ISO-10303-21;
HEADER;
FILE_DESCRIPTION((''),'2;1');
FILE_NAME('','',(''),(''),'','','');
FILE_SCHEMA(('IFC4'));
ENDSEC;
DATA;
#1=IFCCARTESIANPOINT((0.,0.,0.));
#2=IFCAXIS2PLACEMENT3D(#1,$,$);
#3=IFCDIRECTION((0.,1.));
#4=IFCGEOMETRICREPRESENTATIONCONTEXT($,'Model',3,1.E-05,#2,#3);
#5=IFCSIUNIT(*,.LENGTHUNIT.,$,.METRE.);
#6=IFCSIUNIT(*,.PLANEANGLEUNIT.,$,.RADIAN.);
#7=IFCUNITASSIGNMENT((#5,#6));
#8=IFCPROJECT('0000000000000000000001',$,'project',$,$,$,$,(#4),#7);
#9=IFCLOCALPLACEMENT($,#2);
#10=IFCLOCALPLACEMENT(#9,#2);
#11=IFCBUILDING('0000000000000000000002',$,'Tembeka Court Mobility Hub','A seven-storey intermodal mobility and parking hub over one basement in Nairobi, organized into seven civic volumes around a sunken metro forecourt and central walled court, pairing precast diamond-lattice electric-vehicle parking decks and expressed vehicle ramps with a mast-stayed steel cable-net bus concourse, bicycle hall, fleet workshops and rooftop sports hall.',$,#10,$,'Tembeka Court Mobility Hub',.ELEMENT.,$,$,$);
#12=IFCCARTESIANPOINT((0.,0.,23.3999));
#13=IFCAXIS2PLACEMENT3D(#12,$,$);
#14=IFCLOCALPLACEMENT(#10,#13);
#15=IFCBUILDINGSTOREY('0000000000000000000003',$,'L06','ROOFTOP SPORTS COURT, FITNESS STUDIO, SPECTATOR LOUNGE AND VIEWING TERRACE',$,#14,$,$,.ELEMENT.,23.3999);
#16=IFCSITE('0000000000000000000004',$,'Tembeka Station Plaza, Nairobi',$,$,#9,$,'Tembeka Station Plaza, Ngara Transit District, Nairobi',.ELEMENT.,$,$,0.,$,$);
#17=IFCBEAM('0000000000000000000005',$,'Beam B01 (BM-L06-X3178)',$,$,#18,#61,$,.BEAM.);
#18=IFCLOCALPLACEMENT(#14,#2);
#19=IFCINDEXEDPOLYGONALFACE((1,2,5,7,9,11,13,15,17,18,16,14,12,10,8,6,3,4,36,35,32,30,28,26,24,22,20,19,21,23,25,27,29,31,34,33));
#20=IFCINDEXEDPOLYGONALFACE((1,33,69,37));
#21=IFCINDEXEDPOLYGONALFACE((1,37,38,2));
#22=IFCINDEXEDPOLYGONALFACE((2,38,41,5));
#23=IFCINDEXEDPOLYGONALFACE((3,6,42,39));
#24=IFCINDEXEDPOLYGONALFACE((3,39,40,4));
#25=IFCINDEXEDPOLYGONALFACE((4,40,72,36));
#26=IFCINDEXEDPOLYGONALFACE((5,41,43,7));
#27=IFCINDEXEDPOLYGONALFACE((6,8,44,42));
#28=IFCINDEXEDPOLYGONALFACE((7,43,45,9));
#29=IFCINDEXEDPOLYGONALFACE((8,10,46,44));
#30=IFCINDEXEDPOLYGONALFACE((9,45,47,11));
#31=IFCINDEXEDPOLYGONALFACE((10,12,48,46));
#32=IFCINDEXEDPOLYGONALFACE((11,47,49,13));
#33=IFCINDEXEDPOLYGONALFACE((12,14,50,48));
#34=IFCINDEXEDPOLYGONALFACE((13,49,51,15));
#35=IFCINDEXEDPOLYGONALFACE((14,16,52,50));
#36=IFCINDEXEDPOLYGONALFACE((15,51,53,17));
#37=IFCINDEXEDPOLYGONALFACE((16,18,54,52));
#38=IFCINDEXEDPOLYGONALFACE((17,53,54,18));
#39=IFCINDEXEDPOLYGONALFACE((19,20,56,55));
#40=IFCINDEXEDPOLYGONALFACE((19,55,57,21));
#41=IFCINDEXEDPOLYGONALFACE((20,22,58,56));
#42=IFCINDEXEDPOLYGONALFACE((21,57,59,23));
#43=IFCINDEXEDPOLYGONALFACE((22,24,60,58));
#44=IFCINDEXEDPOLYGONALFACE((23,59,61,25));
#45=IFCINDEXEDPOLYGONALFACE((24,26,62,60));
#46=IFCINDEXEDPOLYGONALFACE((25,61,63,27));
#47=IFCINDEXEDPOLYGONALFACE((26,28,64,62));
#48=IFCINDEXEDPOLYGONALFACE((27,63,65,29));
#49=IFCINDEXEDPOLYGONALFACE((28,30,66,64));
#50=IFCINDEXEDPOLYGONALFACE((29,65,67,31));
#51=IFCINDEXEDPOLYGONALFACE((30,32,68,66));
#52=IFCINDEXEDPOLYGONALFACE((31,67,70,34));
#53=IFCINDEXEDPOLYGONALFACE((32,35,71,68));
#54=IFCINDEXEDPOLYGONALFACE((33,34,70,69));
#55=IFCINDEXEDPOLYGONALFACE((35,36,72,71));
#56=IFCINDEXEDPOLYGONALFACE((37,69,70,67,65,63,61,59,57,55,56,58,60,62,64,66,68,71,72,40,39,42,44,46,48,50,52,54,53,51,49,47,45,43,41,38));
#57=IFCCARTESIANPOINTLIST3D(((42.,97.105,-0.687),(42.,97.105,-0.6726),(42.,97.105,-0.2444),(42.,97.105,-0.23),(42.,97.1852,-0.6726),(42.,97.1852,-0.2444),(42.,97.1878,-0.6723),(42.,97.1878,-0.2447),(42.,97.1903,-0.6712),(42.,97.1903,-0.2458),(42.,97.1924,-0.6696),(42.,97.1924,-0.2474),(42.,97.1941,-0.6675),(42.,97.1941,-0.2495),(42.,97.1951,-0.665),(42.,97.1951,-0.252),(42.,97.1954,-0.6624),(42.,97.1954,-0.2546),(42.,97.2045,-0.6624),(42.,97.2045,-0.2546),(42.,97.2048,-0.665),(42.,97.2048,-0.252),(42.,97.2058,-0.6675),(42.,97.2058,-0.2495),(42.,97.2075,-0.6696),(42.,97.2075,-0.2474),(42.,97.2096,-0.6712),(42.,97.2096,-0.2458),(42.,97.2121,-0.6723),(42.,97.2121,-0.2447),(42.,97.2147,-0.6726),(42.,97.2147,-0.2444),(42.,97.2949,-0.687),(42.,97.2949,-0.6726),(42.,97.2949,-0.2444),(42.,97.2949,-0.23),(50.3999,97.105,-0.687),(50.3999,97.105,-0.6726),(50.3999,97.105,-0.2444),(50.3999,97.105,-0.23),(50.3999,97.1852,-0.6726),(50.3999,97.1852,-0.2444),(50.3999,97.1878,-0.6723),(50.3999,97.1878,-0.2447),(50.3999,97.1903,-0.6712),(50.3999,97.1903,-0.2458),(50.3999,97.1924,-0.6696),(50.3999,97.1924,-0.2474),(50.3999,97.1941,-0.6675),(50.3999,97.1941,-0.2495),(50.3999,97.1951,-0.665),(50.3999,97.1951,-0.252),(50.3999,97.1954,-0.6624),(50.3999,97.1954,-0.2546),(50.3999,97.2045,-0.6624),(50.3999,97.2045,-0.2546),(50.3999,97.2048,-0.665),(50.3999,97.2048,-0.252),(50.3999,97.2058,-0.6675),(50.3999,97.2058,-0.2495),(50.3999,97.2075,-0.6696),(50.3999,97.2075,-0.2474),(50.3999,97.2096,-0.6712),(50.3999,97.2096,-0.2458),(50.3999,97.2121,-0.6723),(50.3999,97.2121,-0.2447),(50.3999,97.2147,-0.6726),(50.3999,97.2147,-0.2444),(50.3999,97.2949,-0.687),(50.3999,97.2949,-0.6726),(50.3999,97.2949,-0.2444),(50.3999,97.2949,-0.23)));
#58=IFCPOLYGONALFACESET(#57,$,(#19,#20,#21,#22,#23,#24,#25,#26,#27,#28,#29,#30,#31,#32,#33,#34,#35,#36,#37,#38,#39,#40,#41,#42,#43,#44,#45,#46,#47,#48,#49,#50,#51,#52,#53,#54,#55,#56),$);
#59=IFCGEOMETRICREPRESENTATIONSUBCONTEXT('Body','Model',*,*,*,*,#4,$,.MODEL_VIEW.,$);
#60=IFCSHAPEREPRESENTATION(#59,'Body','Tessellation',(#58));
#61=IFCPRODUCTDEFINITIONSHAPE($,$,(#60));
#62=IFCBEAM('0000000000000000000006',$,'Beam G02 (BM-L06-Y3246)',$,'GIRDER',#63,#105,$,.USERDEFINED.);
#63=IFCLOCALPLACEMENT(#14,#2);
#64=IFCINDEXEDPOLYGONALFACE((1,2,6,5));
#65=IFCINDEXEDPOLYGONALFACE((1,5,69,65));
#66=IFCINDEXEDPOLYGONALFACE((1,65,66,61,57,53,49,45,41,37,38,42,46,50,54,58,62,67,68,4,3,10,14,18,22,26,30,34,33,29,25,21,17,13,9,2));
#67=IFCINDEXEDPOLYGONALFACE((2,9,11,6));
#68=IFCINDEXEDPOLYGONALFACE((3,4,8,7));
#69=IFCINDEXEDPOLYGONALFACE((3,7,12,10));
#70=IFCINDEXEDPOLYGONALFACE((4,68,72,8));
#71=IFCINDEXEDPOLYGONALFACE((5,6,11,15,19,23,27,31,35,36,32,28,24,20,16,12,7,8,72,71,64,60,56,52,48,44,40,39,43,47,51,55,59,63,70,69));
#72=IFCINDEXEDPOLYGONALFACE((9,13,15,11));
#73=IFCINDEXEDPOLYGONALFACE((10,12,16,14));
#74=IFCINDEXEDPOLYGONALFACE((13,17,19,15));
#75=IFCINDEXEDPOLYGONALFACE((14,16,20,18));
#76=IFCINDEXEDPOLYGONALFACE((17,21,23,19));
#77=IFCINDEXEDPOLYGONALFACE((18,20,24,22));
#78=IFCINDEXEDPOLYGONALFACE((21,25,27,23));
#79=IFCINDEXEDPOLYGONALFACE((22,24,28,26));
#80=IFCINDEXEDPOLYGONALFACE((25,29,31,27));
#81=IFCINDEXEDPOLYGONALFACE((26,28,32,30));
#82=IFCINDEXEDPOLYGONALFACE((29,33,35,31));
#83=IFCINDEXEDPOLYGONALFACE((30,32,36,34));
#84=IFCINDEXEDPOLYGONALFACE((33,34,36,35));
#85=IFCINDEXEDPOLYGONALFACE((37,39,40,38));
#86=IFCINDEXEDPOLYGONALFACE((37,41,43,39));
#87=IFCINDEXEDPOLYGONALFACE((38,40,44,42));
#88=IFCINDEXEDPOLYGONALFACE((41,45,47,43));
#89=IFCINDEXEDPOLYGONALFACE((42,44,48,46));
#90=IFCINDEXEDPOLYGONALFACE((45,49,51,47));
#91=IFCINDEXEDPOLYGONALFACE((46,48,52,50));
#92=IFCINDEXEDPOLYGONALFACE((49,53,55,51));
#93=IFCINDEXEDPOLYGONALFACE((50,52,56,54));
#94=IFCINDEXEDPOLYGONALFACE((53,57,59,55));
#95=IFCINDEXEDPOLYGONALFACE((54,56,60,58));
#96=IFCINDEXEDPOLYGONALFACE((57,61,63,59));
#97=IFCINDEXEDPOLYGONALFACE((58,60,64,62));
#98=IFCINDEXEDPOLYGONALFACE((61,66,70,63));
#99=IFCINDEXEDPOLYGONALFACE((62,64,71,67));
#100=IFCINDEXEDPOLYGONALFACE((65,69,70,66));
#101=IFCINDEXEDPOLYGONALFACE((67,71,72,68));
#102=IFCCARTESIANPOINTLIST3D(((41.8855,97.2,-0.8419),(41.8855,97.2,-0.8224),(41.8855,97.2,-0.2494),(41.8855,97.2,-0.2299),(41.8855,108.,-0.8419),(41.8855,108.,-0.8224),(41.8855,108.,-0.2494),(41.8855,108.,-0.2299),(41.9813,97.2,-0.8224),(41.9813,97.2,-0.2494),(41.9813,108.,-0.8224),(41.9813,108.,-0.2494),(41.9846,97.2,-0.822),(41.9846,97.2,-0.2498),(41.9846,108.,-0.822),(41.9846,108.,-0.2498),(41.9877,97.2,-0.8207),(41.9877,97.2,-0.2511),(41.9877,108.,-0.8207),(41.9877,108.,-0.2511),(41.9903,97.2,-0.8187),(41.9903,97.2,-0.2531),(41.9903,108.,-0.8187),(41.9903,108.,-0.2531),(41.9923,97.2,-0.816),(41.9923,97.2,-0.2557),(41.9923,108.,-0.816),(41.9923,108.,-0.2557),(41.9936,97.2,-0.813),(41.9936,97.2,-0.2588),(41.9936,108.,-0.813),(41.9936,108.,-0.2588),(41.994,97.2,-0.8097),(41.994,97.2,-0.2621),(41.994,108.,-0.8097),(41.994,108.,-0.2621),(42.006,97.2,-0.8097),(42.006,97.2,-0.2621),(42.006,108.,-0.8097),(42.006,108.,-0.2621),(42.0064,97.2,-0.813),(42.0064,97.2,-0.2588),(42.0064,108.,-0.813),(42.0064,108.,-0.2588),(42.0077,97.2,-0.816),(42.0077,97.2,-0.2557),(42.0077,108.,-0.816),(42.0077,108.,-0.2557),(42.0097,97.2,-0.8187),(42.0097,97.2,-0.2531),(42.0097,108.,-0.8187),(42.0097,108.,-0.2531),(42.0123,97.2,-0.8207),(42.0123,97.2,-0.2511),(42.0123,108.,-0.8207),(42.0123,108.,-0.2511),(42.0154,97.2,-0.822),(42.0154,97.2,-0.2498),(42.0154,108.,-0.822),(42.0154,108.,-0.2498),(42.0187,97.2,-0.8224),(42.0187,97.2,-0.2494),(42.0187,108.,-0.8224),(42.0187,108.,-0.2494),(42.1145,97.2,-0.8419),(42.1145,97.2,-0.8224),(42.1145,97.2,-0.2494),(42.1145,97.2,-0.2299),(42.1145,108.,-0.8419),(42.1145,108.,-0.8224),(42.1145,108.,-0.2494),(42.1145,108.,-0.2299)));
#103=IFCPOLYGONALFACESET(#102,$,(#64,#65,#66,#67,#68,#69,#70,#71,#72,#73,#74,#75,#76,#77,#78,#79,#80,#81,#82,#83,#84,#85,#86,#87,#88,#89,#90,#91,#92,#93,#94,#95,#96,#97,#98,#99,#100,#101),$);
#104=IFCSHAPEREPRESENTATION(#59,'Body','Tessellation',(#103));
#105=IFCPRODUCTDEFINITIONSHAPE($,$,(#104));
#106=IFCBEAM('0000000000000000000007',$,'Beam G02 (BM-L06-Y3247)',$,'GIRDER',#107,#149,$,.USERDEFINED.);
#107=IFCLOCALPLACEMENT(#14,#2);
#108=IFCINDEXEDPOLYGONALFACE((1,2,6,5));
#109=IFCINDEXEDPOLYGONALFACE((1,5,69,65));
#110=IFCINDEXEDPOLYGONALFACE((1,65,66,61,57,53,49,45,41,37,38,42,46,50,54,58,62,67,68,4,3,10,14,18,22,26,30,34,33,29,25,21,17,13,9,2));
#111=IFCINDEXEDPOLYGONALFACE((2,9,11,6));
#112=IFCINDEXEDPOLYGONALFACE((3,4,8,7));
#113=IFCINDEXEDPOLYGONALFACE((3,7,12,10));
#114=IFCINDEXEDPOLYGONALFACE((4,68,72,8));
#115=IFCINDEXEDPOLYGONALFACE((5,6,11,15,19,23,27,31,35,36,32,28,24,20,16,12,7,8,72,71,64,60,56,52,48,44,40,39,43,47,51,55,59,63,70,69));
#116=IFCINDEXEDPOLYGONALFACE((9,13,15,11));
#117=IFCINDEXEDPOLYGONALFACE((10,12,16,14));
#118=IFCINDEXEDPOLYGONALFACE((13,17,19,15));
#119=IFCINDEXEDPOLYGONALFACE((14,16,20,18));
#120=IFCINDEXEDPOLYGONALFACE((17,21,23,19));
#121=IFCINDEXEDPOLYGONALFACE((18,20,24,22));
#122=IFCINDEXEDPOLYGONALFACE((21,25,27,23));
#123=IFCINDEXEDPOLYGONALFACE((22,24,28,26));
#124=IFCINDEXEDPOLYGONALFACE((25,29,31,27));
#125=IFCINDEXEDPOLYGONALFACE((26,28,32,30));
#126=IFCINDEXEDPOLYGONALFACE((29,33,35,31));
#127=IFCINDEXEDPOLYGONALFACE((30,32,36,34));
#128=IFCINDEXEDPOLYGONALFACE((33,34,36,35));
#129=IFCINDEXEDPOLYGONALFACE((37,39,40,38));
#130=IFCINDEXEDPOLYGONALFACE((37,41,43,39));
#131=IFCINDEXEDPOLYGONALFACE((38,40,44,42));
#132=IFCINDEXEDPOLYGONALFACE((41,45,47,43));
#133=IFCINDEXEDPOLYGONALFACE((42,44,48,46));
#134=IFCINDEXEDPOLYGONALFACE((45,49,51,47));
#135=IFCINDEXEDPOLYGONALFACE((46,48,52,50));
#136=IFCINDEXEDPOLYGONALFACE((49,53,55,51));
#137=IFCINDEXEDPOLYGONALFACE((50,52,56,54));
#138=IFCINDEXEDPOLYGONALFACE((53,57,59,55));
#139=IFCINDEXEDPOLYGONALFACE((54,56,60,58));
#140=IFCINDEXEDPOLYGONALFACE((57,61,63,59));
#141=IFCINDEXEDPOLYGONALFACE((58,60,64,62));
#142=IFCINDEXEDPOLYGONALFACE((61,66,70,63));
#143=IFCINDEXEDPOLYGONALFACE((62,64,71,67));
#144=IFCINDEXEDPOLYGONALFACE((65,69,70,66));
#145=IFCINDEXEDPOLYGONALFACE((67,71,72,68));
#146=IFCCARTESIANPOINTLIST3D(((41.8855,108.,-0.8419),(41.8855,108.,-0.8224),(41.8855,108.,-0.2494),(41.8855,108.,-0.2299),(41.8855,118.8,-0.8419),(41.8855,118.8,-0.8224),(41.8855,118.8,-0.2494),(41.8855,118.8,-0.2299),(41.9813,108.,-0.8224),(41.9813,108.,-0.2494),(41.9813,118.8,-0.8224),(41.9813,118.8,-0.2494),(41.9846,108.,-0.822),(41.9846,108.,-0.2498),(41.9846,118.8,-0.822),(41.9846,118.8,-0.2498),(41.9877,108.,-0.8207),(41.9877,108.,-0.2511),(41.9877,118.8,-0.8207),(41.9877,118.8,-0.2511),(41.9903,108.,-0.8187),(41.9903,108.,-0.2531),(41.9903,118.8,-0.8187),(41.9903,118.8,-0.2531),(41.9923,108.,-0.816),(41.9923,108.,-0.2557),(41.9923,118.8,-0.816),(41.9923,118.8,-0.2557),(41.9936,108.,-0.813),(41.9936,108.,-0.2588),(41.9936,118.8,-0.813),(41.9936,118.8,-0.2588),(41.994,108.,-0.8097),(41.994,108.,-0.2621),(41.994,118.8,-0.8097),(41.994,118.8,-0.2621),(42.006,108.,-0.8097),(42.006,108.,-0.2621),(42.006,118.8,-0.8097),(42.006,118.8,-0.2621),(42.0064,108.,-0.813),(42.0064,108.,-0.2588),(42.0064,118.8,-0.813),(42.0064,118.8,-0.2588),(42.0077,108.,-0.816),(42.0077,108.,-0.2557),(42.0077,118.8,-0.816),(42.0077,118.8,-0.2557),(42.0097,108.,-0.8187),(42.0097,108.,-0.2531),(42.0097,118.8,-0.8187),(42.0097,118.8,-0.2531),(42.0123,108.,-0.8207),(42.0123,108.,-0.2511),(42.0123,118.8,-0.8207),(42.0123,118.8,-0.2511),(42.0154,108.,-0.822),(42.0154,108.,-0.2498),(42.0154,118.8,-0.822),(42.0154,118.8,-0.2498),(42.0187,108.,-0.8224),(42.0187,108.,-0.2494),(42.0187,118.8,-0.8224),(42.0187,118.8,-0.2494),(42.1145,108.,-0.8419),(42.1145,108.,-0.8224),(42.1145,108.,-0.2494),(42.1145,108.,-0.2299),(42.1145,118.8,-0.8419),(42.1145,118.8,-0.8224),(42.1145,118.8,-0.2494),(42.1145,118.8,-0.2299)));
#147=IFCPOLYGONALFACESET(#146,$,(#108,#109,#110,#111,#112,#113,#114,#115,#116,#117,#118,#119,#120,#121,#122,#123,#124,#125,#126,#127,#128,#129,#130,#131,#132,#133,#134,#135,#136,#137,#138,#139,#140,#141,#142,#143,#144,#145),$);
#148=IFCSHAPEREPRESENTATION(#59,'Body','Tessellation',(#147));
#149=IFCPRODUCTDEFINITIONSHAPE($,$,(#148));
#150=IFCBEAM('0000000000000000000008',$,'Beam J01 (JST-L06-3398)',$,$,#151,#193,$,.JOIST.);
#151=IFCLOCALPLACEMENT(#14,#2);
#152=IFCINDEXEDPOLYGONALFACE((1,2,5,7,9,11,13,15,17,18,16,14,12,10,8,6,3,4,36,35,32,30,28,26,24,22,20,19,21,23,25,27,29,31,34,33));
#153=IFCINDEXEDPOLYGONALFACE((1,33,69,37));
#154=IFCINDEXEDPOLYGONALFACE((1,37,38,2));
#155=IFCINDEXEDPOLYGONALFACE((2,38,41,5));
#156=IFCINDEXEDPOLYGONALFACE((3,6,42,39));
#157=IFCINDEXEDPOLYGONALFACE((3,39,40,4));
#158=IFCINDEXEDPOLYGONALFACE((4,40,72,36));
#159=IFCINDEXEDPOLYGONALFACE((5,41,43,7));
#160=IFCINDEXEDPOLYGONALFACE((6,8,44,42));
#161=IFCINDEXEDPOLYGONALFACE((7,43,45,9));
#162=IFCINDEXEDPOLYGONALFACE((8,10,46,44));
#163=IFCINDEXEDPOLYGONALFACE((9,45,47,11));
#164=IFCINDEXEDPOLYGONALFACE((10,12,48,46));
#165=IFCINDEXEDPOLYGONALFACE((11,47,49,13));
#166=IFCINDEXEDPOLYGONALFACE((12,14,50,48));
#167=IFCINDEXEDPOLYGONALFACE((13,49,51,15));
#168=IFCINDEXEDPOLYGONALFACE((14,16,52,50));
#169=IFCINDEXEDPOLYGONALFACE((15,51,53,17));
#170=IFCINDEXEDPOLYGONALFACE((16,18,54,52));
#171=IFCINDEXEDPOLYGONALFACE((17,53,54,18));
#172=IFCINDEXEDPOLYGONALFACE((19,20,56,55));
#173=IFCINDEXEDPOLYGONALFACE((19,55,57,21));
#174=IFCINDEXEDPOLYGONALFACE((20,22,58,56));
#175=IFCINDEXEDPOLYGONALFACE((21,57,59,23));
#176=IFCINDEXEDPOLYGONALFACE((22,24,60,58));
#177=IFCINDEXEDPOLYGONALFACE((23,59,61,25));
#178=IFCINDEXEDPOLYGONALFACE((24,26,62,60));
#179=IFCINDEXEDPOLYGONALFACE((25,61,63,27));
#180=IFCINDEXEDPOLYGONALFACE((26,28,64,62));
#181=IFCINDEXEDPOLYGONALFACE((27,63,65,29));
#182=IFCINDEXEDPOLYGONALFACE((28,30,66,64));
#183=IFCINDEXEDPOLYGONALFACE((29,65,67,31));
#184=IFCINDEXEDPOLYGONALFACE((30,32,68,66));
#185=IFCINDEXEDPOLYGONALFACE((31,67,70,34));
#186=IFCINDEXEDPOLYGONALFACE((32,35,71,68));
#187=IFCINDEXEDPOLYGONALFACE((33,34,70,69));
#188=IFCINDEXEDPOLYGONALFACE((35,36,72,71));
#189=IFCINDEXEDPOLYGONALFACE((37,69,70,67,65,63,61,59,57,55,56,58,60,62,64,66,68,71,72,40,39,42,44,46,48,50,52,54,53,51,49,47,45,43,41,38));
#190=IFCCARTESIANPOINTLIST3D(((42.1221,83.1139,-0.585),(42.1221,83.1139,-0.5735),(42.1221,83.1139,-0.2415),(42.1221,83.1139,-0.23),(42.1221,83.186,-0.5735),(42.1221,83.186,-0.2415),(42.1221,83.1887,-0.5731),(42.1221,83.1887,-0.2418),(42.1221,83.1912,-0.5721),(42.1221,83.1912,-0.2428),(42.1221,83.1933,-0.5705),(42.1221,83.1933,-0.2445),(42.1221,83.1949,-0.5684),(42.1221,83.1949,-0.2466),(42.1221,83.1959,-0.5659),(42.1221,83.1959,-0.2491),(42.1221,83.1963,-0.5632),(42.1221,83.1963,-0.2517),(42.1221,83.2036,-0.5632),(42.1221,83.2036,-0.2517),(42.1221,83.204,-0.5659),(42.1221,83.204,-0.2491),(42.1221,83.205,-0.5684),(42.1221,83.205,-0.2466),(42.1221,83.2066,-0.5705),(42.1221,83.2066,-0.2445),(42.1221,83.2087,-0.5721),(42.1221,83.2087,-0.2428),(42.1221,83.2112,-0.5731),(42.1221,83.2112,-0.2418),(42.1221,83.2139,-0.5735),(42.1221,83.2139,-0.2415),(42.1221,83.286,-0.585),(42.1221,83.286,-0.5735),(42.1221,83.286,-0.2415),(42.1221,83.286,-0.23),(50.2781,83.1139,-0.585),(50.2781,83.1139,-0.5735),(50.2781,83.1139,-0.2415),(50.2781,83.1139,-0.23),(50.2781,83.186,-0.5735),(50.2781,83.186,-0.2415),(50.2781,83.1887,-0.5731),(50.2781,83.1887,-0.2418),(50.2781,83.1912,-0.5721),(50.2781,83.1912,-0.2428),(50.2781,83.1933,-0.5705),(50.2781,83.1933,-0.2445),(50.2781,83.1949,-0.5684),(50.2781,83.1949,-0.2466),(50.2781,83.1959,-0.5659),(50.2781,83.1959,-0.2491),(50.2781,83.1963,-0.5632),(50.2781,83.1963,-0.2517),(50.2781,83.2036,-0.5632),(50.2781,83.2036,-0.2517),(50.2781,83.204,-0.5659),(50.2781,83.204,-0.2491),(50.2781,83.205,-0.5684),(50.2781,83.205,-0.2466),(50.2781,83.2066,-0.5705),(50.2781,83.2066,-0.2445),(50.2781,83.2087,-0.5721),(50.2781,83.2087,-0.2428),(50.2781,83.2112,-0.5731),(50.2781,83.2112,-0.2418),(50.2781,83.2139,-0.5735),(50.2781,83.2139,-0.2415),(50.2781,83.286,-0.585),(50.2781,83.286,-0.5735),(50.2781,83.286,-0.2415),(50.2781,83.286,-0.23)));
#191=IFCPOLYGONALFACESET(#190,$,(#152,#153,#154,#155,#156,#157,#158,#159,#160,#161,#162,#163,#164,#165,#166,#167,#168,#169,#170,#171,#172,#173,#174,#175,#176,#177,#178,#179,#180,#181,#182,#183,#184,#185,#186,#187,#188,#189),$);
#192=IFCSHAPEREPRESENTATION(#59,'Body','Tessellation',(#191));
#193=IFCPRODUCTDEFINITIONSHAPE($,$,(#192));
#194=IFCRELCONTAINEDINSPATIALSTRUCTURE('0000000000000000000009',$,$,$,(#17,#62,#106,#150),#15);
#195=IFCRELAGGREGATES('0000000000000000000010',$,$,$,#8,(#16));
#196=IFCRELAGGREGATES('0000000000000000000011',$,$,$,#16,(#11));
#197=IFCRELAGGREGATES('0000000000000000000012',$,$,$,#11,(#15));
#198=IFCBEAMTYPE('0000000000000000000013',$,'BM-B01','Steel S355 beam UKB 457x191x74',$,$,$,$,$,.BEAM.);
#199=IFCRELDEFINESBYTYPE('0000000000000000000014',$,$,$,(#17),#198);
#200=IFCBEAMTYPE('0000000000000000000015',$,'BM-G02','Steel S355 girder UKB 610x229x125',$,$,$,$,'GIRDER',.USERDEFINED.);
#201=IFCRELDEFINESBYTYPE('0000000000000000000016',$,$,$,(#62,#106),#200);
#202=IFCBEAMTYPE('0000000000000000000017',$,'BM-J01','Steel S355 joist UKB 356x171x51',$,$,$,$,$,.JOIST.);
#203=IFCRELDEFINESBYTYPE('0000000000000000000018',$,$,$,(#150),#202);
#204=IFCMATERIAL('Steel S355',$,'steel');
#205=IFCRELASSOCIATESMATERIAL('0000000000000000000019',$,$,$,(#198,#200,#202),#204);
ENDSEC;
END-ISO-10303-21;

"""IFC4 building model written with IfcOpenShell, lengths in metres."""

from ifc_helpers import new_model, si_unit, direction, frame, origin, origin_2d, place, context, subcontext, project, spatial, i_section, extrude, material, material_profile, profile_set, type_object, element, save


model = new_model("IFC4")

# Units and contexts
model_context = context("Model", 3, precision=1e-05, world=origin(), true_north=direction((0.0, 1.0)))
body_context = subcontext(model_context, "Body", "Model", "MODEL_VIEW")
ifc_project = project(units=[si_unit("LENGTHUNIT", "METRE"), si_unit("PLANEANGLEUNIT", "RADIAN")], contexts=[model_context])

# Site, building, storey
site_placement = place(None, origin())
site = spatial("IfcSite", under=ifc_project, at=site_placement, Name="Tembeka Station Plaza, Nairobi", LongName="Tembeka Station Plaza, Ngara Transit District, Nairobi", CompositionType="ELEMENT", RefElevation=0.0)
building_placement = place(site_placement, origin())
building = spatial("IfcBuilding", under=site, at=building_placement, Name="Tembeka Court Mobility Hub", Description="A seven-storey intermodal mobility and parking hub over one basement in Nairobi, organized into seven civic volumes around a sunken metro forecourt and central walled court, pairing precast diamond-lattice electric-vehicle parking decks and expressed vehicle ramps with a mast-stayed steel cable-net bus concourse, bicycle hall, fleet workshops and rooftop sports hall.", LongName="Tembeka Court Mobility Hub", CompositionType="ELEMENT")
storey_placement = place(building_placement, frame((0.0, 0.0, 23.3999)))
storey = spatial("IfcBuildingStorey", under=building, at=storey_placement, Name="L06", Description="ROOFTOP SPORTS COURT, FITNESS STUDIO, SPECTATOR LOUNGE AND VIEWING TERRACE", CompositionType="ELEMENT", Elevation=23.3999)

# Beams
ifc_material_1 = material(Name="Steel S355", Category="steel")
ifc_material_profile_1 = material_profile(ifc_material_1, i_section(OverallWidth=0.1899, OverallDepth=0.457, WebThickness=0.009, FlangeThickness=0.0144, FilletRadius=0.0103, at=origin_2d()), Name="UKB 457x191x74")
ifc_profile_set_1 = profile_set([ifc_material_profile_1], Name="Steel S355")
beam_type_1 = type_object("IfcBeamType", Name="BM-B01", Description="Steel S355 beam UKB 457x191x74", PredefinedType="BEAM", material=ifc_profile_set_1)
beam_1_placement = place(storey_placement, frame((42.0, 97.2, -0.4585), z_axis=(1.0, 0.0, 0.0), x_axis=(0.0, 1.0, 0.0)))
element("IfcBeam", 1, at=beam_1_placement, inside=storey, type_object=beam_type_1, Name="Beam B01 (BM-L06-X3178)", PredefinedType="BEAM", context=body_context, shape_type="SweptSolid", body=[
    extrude(i_section(OverallWidth=0.1899, OverallDepth=0.457, WebThickness=0.009, FlangeThickness=0.0144, FilletRadius=0.0103, at=origin_2d()), origin(), (0.0, 0.0, 1.0), 8.3999),
])
ifc_material_profile_2 = material_profile(ifc_material_1, i_section(OverallWidth=0.229, OverallDepth=0.6121, WebThickness=0.012, FlangeThickness=0.0195, FilletRadius=0.0127, at=origin_2d()), Name="UKB 610x229x125")
ifc_profile_set_2 = profile_set([ifc_material_profile_2], Name="Steel S355")
beam_type_2 = type_object("IfcBeamType", Name="BM-G02", Description="Steel S355 girder UKB 610x229x125", ElementType="GIRDER", PredefinedType="USERDEFINED", material=ifc_profile_set_2)
for number, where, z_axis, x_axis, name in (
    (2, (42.0, 97.2, -0.5359), (0.0, 1.0, 0.0), (-1.0, 0.0, 0.0), "Beam G02 (BM-L06-Y3246)"),
    (3, (42.0, 108.0, -0.5359), (0.0, 1.0, 0.0), (-1.0, 0.0, 0.0), "Beam G02 (BM-L06-Y3247)"),
):
    element("IfcBeam", number, at=place(storey_placement, frame(where, z_axis=z_axis, x_axis=x_axis)), inside=storey, type_object=beam_type_2, Name=name, ObjectType="GIRDER", PredefinedType="USERDEFINED", context=body_context, shape_type="SweptSolid", body=[
        extrude(i_section(OverallWidth=0.229, OverallDepth=0.6121, WebThickness=0.012, FlangeThickness=0.0195, FilletRadius=0.0127, at=origin_2d()), origin(), (0.0, 0.0, 1.0), 10.8),
    ])
ifc_material_profile_3 = material_profile(ifc_material_1, i_section(OverallWidth=0.1721, OverallDepth=0.355, WebThickness=0.0073, FlangeThickness=0.0115, FilletRadius=0.0103, at=origin_2d()), Name="UKB 356x171x51")
ifc_profile_set_3 = profile_set([ifc_material_profile_3], Name="Steel S355")
beam_type_3 = type_object("IfcBeamType", Name="BM-J01", Description="Steel S355 joist UKB 356x171x51", PredefinedType="JOIST", material=ifc_profile_set_3)
for number, where, z_axis, x_axis, name in (
    (4, (42.1221, 83.2, -0.4075), (1.0, 0.0, 0.0), (0.0, 1.0, 0.0), "Beam J01 (JST-L06-3398)"),
):
    element("IfcBeam", number, at=place(storey_placement, frame(where, z_axis=z_axis, x_axis=x_axis)), inside=storey, type_object=beam_type_3, Name=name, PredefinedType="JOIST", context=body_context, shape_type="SweptSolid", body=[
        extrude(i_section(OverallWidth=0.1721, OverallDepth=0.355, WebThickness=0.0073, FlangeThickness=0.0115, FilletRadius=0.0103, at=origin_2d()), origin(), (0.0, 0.0, 1.0), 8.156),
    ])

save(model, "model.ifc")
